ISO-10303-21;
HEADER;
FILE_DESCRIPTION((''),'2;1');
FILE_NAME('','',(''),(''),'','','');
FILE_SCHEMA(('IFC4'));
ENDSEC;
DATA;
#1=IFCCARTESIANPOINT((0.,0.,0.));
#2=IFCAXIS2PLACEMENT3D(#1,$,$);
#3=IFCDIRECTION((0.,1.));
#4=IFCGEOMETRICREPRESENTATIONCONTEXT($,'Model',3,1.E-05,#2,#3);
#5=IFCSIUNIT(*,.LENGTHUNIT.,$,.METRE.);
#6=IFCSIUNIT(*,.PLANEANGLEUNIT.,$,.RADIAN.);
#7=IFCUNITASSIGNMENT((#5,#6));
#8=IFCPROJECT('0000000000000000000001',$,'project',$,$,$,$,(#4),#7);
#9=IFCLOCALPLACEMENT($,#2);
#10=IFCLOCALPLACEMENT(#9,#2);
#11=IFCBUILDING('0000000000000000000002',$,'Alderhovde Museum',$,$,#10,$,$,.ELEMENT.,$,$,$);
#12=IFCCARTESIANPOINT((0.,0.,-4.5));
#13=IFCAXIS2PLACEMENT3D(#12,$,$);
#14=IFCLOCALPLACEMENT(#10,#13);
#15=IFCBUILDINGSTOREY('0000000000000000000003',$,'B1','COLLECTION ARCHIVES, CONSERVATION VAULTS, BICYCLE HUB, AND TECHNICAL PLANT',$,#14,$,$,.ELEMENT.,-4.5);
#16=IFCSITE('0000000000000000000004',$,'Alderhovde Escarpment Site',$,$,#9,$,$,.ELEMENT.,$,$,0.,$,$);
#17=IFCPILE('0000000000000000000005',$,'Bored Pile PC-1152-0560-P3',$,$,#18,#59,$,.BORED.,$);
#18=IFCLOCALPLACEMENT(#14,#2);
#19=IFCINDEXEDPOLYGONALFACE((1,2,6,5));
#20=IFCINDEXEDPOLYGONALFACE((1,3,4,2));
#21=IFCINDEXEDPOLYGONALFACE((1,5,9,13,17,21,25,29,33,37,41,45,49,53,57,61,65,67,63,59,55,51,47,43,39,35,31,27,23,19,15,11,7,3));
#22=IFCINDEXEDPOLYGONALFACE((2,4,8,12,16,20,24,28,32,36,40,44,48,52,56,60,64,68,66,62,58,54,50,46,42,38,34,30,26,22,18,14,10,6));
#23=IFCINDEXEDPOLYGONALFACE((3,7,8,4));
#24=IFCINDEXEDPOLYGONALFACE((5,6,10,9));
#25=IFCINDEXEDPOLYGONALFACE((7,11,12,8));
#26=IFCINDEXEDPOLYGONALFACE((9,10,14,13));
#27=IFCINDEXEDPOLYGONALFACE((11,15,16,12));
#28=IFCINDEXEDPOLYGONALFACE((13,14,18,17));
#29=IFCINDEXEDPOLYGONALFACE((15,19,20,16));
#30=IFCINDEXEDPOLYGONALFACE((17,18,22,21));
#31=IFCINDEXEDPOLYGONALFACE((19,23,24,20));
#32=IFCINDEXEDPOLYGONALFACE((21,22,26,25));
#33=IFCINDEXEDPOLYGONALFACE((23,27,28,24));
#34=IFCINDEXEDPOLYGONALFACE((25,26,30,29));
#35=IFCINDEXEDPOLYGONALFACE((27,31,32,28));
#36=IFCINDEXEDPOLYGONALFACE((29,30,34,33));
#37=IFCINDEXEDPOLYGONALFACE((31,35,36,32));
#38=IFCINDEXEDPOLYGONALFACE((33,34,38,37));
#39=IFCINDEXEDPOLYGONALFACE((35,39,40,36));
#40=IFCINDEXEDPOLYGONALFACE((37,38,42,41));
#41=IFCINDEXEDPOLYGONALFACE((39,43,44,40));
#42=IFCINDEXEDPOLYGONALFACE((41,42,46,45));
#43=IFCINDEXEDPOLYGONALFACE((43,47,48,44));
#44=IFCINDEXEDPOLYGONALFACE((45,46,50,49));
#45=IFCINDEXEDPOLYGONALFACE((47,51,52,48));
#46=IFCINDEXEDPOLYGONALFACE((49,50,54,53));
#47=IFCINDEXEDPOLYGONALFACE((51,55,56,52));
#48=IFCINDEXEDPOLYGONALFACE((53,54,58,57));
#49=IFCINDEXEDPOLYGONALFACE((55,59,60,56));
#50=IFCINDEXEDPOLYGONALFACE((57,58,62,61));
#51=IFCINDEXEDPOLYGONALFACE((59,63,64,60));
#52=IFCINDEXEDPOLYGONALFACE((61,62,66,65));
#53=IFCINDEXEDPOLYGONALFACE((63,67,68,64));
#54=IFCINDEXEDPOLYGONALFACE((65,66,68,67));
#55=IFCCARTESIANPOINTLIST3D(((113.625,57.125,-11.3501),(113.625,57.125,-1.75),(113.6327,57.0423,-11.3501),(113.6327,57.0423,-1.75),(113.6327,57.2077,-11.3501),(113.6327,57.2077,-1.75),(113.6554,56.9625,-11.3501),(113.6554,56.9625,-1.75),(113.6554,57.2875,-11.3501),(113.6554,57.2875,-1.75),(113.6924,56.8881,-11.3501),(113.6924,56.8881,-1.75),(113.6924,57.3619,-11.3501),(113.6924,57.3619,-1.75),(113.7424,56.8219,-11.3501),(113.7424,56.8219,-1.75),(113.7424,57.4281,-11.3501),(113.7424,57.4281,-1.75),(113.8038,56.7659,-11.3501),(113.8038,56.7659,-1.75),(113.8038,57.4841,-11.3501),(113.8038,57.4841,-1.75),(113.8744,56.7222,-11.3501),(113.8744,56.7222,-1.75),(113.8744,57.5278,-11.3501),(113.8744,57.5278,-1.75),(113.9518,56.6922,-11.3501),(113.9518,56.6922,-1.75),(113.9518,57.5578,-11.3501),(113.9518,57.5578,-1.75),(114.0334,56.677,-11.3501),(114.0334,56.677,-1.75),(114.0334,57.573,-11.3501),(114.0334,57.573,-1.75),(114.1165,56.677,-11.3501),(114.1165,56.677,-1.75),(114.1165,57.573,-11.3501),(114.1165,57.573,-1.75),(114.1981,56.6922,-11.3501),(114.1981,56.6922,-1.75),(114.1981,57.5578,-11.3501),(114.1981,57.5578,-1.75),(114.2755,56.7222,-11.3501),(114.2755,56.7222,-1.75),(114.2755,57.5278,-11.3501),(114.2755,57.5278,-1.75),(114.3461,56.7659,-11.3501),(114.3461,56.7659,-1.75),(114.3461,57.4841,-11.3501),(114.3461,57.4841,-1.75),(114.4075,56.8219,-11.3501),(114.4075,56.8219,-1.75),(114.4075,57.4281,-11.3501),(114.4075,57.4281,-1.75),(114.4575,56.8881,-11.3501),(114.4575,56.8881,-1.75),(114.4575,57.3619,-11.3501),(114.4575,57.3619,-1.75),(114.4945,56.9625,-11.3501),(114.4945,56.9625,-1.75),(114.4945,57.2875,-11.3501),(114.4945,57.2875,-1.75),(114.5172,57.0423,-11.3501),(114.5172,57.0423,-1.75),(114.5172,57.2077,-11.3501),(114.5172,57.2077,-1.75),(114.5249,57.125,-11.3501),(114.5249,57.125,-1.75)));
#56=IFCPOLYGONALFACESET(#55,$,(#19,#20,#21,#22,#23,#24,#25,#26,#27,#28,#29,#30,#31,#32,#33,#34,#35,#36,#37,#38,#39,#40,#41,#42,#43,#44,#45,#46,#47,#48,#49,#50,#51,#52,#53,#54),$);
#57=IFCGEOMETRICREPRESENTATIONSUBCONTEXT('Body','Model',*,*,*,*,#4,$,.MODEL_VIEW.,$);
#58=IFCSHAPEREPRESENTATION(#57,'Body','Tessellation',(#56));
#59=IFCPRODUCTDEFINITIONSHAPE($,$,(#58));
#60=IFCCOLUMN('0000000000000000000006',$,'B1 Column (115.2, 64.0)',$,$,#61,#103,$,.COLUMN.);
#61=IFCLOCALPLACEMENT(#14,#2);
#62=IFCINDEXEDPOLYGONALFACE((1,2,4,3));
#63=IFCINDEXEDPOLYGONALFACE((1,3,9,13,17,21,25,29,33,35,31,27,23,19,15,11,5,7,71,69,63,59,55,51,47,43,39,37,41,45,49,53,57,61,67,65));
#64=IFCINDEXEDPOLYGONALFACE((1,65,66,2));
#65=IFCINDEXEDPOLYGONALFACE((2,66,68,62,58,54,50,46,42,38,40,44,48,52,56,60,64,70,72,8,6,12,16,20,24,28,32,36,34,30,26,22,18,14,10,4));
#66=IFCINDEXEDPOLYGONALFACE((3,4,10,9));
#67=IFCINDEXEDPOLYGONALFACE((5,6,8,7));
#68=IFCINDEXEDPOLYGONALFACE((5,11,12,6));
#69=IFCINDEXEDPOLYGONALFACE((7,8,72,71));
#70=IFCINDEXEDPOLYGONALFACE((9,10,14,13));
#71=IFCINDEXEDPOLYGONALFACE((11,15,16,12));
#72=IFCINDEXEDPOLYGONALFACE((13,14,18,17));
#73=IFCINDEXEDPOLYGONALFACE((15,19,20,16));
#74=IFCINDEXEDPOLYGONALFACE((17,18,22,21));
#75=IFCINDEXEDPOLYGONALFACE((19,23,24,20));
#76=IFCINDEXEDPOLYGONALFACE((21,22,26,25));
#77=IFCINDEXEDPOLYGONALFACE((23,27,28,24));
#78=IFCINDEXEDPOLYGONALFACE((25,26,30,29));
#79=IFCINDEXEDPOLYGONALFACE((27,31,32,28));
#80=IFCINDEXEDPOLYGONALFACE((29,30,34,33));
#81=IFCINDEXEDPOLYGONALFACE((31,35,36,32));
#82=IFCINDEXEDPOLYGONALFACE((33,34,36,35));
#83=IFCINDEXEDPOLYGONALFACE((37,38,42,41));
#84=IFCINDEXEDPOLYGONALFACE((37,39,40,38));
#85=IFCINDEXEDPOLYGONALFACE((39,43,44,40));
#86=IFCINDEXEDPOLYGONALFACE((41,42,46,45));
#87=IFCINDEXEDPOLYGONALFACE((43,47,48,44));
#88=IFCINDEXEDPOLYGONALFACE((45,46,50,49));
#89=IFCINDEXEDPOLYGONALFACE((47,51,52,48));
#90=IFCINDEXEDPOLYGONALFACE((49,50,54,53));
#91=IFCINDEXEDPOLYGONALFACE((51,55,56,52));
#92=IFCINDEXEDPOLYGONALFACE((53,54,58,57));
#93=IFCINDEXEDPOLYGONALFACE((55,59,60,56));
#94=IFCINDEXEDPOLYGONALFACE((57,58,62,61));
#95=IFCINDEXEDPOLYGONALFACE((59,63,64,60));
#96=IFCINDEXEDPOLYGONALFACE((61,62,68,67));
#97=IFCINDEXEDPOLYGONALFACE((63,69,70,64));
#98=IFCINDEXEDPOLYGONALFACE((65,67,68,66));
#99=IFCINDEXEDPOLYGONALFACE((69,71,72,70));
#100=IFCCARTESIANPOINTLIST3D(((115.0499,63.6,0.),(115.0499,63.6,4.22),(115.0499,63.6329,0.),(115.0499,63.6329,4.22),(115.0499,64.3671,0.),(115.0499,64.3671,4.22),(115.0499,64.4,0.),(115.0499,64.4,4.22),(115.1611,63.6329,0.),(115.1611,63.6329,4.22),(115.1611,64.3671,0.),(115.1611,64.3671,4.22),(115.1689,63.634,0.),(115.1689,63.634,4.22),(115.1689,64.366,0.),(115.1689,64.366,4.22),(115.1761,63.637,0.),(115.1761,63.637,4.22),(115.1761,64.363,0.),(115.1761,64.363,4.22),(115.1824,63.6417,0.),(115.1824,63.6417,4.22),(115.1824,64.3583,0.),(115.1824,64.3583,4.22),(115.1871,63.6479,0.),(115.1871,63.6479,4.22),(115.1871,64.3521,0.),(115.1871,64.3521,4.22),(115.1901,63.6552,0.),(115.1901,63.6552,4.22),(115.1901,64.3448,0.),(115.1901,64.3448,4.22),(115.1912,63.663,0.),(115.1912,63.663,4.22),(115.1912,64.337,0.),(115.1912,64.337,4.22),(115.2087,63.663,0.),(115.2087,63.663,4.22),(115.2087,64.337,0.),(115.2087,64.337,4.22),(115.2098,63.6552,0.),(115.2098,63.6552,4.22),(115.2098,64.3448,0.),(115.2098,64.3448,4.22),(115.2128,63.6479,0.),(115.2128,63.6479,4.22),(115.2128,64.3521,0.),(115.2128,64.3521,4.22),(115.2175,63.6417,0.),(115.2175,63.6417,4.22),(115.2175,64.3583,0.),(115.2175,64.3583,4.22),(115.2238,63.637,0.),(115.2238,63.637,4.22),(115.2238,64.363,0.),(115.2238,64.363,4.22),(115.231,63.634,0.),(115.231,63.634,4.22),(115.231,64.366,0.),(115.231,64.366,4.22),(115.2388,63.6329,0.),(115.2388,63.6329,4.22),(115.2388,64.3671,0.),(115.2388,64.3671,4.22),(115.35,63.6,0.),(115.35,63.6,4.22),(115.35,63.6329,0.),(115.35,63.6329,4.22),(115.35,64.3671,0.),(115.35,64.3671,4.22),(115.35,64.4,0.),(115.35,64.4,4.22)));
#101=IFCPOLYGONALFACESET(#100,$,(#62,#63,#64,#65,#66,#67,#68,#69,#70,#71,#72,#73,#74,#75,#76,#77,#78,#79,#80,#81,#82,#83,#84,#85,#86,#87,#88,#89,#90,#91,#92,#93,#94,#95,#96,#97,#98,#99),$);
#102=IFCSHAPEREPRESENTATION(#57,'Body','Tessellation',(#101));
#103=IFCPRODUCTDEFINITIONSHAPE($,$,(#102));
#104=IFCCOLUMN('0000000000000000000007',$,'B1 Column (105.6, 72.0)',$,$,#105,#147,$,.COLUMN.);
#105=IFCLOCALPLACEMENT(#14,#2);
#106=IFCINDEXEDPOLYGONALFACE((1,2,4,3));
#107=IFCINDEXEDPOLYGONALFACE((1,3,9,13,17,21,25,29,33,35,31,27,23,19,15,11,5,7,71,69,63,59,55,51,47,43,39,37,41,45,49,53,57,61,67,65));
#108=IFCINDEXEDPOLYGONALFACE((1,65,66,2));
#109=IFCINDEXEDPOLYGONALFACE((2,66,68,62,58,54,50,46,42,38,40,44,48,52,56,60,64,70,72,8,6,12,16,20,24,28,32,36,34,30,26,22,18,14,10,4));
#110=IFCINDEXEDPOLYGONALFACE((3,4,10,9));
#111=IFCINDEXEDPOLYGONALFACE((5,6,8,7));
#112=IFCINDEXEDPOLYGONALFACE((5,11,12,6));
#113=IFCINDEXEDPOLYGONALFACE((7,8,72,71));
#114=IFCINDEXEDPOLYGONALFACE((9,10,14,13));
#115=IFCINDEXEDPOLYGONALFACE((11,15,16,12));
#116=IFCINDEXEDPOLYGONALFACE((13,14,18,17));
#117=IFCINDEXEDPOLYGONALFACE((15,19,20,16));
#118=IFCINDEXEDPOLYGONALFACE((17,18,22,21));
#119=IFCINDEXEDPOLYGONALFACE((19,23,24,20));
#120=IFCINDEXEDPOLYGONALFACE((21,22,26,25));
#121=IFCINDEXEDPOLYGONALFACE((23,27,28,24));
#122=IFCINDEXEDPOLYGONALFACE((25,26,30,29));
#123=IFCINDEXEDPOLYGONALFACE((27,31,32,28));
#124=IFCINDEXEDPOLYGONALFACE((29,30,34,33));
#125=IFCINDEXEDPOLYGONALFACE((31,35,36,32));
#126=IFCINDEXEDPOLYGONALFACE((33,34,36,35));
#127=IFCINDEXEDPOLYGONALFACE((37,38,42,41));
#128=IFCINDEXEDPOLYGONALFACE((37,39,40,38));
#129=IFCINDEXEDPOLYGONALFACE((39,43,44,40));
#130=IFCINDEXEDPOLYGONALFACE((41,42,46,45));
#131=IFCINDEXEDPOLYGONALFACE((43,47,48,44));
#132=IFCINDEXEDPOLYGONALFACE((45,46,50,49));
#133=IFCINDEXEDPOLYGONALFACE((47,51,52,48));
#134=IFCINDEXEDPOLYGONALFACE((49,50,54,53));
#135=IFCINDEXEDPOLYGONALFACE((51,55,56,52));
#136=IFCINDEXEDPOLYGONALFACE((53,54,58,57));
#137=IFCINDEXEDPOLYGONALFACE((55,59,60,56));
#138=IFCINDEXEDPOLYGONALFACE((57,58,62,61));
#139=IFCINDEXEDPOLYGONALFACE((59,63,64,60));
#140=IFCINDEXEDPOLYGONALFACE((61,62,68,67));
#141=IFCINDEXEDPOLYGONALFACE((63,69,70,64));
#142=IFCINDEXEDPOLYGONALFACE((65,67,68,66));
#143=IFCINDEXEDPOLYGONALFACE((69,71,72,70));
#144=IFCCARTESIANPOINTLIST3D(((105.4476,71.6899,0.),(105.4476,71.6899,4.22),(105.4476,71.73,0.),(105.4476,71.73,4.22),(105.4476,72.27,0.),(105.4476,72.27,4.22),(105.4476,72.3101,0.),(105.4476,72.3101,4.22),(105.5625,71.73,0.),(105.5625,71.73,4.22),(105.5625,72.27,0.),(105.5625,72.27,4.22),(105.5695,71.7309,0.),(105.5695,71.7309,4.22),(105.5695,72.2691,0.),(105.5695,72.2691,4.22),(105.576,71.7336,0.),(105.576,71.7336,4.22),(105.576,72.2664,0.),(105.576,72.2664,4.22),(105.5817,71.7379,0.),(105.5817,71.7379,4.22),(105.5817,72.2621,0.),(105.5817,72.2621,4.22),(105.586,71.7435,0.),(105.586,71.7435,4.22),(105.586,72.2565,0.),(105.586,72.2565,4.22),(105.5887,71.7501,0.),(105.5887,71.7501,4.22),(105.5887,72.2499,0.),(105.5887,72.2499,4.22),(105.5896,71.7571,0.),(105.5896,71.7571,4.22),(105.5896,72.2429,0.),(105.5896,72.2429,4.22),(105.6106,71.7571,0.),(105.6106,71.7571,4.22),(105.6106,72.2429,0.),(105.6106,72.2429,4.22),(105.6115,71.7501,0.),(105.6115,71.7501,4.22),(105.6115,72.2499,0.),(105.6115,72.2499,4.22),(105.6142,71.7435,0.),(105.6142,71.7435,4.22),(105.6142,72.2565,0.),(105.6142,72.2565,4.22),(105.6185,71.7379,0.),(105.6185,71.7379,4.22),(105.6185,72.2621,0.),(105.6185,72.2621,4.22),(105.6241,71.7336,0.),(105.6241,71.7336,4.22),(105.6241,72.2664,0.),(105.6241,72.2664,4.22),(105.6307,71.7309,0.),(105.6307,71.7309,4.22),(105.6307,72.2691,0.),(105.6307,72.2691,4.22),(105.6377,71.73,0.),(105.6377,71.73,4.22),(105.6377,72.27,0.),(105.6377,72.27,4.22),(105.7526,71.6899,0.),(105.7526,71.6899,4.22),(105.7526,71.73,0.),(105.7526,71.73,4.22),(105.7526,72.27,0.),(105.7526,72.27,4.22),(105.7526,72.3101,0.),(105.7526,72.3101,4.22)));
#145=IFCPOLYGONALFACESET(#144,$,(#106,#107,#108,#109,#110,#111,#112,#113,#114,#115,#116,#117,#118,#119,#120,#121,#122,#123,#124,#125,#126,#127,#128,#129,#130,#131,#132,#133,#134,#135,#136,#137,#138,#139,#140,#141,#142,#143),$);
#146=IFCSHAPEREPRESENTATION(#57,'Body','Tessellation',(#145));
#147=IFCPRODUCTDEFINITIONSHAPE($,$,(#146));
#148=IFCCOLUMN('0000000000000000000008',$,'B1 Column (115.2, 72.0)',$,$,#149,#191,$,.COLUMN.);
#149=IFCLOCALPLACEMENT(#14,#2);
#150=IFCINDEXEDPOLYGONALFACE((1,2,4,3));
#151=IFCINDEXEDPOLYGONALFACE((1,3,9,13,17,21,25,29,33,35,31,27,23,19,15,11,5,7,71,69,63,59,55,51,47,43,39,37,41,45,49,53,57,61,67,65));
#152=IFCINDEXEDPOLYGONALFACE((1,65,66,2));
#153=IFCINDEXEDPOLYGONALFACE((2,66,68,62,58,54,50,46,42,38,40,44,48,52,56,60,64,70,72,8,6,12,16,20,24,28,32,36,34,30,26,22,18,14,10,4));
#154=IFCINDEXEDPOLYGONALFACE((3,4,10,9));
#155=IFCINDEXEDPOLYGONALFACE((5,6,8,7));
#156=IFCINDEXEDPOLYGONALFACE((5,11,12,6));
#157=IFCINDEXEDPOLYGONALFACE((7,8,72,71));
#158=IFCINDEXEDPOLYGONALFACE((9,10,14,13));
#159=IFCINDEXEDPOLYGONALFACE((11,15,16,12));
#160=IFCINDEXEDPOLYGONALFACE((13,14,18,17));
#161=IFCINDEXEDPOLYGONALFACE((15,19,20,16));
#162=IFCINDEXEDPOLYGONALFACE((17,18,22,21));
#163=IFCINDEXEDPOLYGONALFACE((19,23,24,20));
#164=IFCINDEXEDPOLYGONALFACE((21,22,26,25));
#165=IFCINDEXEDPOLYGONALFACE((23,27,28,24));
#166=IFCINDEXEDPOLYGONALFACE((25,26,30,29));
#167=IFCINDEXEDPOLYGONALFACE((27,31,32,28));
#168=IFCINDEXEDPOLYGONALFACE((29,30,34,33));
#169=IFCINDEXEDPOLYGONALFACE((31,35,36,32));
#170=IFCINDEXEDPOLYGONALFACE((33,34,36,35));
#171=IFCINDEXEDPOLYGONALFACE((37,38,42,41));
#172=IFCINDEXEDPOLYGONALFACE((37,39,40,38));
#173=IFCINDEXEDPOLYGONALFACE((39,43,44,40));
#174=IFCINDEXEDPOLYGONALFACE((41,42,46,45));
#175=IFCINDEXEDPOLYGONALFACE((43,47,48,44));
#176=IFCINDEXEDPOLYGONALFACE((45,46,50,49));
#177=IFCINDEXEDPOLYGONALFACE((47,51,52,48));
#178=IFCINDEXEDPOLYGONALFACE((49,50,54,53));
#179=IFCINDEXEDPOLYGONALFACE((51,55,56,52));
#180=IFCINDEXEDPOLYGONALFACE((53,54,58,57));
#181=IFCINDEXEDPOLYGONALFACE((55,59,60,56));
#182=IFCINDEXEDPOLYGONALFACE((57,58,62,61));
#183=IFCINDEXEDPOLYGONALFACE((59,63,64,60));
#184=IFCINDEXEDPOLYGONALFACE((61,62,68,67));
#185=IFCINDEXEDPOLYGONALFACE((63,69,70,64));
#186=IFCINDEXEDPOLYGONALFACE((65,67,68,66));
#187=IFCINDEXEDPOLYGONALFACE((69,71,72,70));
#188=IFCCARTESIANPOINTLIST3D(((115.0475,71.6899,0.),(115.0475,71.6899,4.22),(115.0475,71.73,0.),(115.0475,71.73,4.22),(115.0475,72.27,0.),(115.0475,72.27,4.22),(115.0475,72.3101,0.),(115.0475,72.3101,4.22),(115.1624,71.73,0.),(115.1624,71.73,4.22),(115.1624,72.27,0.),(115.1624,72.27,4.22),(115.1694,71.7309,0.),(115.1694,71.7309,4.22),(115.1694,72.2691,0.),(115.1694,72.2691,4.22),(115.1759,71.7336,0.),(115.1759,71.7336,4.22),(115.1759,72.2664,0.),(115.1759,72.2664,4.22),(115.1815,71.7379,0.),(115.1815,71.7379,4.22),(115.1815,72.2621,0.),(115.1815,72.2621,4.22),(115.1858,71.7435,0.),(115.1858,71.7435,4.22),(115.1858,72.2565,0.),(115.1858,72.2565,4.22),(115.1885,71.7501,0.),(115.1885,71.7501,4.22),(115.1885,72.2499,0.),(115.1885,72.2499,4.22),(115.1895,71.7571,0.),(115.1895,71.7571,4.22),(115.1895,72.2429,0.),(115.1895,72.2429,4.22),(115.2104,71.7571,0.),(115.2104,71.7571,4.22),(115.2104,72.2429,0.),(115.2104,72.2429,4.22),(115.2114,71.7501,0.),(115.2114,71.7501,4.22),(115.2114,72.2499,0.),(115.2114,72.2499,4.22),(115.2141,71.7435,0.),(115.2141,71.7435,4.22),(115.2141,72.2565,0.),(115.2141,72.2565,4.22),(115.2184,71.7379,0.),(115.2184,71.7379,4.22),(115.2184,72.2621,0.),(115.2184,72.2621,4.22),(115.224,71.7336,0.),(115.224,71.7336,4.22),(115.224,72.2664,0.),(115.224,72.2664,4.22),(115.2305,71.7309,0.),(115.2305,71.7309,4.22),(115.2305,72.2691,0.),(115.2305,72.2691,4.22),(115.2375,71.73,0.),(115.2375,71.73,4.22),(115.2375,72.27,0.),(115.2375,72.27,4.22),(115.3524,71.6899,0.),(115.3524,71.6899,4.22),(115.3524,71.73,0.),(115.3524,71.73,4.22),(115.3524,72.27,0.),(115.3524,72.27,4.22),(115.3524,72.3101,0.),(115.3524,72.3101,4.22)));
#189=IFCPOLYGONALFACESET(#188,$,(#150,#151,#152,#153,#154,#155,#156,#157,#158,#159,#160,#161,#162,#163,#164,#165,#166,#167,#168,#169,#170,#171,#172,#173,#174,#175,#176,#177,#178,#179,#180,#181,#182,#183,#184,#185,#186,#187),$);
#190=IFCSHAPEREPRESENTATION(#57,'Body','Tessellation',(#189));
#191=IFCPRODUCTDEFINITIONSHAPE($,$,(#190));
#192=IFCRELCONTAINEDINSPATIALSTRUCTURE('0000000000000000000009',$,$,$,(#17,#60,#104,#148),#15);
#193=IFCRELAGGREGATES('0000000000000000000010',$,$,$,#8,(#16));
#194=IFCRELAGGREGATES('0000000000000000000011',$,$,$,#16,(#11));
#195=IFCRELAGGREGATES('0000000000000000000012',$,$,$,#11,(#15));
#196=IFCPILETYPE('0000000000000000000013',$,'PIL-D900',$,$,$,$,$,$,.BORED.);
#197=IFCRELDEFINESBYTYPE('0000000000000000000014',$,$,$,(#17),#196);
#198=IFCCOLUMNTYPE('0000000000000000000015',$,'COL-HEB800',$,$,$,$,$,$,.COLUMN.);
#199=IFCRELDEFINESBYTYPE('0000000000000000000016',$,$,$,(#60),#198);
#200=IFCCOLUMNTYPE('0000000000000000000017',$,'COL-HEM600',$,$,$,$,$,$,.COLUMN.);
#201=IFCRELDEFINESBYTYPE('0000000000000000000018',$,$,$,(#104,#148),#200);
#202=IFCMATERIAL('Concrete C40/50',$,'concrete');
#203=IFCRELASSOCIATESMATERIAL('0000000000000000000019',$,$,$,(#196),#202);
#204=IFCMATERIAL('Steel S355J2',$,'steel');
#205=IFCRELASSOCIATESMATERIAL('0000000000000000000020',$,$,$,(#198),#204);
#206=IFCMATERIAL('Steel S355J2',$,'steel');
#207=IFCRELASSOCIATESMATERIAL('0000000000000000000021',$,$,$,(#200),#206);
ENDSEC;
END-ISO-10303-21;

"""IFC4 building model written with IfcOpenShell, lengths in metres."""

from ifc_helpers import new_model, si_unit, direction, frame, origin, origin_2d, place, context, subcontext, project, spatial, circle, i_section, extrude, material, material_profile, profile_set, type_object, element, save


model = new_model("IFC4")

# Units and contexts
model_context = context("Model", 3, precision=1e-05, world=origin(), true_north=direction((0.0, 1.0)))
body_context = subcontext(model_context, "Body", "Model", "MODEL_VIEW")
ifc_project = project(units=[si_unit("LENGTHUNIT", "METRE"), si_unit("PLANEANGLEUNIT", "RADIAN")], contexts=[model_context])

# Site, building, storey
site_placement = place(None, origin())
site = spatial("IfcSite", under=ifc_project, at=site_placement, Name="Alderhovde Escarpment Site", CompositionType="ELEMENT", RefElevation=0.0)
building_placement = place(site_placement, origin())
building = spatial("IfcBuilding", under=site, at=building_placement, Name="Alderhovde Museum", CompositionType="ELEMENT")
storey_placement = place(building_placement, frame((0.0, 0.0, -4.5)))
storey = spatial("IfcBuildingStorey", under=building, at=storey_placement, Name="B1", Description="COLLECTION ARCHIVES, CONSERVATION VAULTS, BICYCLE HUB, AND TECHNICAL PLANT", CompositionType="ELEMENT", Elevation=-4.5)

# Pile
ifc_material_1 = material(Name="Concrete C40/50", Category="concrete")
ifc_material_profile_1 = material_profile(ifc_material_1, circle(Radius=0.45, at=origin_2d()), Name="PILE-D900")
ifc_profile_set_1 = profile_set([ifc_material_profile_1], Name="Concrete C40/50")
pile_type_1 = type_object("IfcPileType", Name="PIL-D900", PredefinedType="BORED", material=ifc_profile_set_1)
pile_1_placement = place(storey_placement, frame((114.075, 57.125, -1.75), z_axis=(0.0, 0.0, -1.0), x_axis=(1.0, 0.0, 0.0)))
element("IfcPile", 1, at=pile_1_placement, inside=storey, type_object=pile_type_1, Name="Bored Pile PC-1152-0560-P3", PredefinedType="BORED", context=body_context, shape_type="SweptSolid", body=[
    extrude(circle(Radius=0.45, at=origin_2d()), origin(), (0.0, 0.0, 1.0), 9.6001),
])

# Columns
ifc_material_2 = material(Name="Steel S355J2", Category="steel")
ifc_material_profile_2 = material_profile(ifc_material_2, i_section(OverallWidth=0.3, OverallDepth=0.8, WebThickness=0.0176, FlangeThickness=0.033, FilletRadius=0.03, at=origin_2d()), Name="HEB 800")
ifc_profile_set_2 = profile_set([ifc_material_profile_2], Name="Steel S355J2")
column_type_1 = type_object("IfcColumnType", Name="COL-HEB800", PredefinedType="COLUMN", material=ifc_profile_set_2)
column_placement = place(storey_placement, frame((115.2, 64.0, 0.0), z_axis=(0.0, 0.0, 1.0), x_axis=(1.0, 0.0, 0.0)))
element("IfcColumn", 2, at=column_placement, inside=storey, type_object=column_type_1, Name="B1 Column (115.2, 64.0)", PredefinedType="COLUMN", context=body_context, shape_type="SweptSolid", body=[
    extrude(i_section(OverallWidth=0.3, OverallDepth=0.8, WebThickness=0.0176, FlangeThickness=0.033, FilletRadius=0.03, at=origin_2d()), origin(), (0.0, 0.0, 1.0), 4.22),
])
ifc_material_3 = material(Name="Steel S355J2", Category="steel")
ifc_material_profile_3 = material_profile(ifc_material_3, i_section(OverallWidth=0.3049, OverallDepth=0.6201, WebThickness=0.021, FlangeThickness=0.04, FilletRadius=0.0271, at=origin_2d()), Name="HEM 600")
ifc_profile_set_3 = profile_set([ifc_material_profile_3], Name="Steel S355J2")
column_type_2 = type_object("IfcColumnType", Name="COL-HEM600", PredefinedType="COLUMN", material=ifc_profile_set_3)
for number, where, z_axis, x_axis, name in (
    (3, (105.6001, 72.0, 0.0), (0.0, 0.0, 1.0), (1.0, 0.0, 0.0), "B1 Column (105.6, 72.0)"),
    (4, (115.2, 72.0, 0.0), (0.0, 0.0, 1.0), (1.0, 0.0, 0.0), "B1 Column (115.2, 72.0)"),
):
    element("IfcColumn", number, at=place(storey_placement, frame(where, z_axis=z_axis, x_axis=x_axis)), inside=storey, type_object=column_type_2, Name=name, PredefinedType="COLUMN", context=body_context, shape_type="SweptSolid", body=[
        extrude(i_section(OverallWidth=0.3049, OverallDepth=0.6201, WebThickness=0.021, FlangeThickness=0.04, FilletRadius=0.0271, at=origin_2d()), origin(), (0.0, 0.0, 1.0), 4.22),
    ])

save(model, "model.ifc")
